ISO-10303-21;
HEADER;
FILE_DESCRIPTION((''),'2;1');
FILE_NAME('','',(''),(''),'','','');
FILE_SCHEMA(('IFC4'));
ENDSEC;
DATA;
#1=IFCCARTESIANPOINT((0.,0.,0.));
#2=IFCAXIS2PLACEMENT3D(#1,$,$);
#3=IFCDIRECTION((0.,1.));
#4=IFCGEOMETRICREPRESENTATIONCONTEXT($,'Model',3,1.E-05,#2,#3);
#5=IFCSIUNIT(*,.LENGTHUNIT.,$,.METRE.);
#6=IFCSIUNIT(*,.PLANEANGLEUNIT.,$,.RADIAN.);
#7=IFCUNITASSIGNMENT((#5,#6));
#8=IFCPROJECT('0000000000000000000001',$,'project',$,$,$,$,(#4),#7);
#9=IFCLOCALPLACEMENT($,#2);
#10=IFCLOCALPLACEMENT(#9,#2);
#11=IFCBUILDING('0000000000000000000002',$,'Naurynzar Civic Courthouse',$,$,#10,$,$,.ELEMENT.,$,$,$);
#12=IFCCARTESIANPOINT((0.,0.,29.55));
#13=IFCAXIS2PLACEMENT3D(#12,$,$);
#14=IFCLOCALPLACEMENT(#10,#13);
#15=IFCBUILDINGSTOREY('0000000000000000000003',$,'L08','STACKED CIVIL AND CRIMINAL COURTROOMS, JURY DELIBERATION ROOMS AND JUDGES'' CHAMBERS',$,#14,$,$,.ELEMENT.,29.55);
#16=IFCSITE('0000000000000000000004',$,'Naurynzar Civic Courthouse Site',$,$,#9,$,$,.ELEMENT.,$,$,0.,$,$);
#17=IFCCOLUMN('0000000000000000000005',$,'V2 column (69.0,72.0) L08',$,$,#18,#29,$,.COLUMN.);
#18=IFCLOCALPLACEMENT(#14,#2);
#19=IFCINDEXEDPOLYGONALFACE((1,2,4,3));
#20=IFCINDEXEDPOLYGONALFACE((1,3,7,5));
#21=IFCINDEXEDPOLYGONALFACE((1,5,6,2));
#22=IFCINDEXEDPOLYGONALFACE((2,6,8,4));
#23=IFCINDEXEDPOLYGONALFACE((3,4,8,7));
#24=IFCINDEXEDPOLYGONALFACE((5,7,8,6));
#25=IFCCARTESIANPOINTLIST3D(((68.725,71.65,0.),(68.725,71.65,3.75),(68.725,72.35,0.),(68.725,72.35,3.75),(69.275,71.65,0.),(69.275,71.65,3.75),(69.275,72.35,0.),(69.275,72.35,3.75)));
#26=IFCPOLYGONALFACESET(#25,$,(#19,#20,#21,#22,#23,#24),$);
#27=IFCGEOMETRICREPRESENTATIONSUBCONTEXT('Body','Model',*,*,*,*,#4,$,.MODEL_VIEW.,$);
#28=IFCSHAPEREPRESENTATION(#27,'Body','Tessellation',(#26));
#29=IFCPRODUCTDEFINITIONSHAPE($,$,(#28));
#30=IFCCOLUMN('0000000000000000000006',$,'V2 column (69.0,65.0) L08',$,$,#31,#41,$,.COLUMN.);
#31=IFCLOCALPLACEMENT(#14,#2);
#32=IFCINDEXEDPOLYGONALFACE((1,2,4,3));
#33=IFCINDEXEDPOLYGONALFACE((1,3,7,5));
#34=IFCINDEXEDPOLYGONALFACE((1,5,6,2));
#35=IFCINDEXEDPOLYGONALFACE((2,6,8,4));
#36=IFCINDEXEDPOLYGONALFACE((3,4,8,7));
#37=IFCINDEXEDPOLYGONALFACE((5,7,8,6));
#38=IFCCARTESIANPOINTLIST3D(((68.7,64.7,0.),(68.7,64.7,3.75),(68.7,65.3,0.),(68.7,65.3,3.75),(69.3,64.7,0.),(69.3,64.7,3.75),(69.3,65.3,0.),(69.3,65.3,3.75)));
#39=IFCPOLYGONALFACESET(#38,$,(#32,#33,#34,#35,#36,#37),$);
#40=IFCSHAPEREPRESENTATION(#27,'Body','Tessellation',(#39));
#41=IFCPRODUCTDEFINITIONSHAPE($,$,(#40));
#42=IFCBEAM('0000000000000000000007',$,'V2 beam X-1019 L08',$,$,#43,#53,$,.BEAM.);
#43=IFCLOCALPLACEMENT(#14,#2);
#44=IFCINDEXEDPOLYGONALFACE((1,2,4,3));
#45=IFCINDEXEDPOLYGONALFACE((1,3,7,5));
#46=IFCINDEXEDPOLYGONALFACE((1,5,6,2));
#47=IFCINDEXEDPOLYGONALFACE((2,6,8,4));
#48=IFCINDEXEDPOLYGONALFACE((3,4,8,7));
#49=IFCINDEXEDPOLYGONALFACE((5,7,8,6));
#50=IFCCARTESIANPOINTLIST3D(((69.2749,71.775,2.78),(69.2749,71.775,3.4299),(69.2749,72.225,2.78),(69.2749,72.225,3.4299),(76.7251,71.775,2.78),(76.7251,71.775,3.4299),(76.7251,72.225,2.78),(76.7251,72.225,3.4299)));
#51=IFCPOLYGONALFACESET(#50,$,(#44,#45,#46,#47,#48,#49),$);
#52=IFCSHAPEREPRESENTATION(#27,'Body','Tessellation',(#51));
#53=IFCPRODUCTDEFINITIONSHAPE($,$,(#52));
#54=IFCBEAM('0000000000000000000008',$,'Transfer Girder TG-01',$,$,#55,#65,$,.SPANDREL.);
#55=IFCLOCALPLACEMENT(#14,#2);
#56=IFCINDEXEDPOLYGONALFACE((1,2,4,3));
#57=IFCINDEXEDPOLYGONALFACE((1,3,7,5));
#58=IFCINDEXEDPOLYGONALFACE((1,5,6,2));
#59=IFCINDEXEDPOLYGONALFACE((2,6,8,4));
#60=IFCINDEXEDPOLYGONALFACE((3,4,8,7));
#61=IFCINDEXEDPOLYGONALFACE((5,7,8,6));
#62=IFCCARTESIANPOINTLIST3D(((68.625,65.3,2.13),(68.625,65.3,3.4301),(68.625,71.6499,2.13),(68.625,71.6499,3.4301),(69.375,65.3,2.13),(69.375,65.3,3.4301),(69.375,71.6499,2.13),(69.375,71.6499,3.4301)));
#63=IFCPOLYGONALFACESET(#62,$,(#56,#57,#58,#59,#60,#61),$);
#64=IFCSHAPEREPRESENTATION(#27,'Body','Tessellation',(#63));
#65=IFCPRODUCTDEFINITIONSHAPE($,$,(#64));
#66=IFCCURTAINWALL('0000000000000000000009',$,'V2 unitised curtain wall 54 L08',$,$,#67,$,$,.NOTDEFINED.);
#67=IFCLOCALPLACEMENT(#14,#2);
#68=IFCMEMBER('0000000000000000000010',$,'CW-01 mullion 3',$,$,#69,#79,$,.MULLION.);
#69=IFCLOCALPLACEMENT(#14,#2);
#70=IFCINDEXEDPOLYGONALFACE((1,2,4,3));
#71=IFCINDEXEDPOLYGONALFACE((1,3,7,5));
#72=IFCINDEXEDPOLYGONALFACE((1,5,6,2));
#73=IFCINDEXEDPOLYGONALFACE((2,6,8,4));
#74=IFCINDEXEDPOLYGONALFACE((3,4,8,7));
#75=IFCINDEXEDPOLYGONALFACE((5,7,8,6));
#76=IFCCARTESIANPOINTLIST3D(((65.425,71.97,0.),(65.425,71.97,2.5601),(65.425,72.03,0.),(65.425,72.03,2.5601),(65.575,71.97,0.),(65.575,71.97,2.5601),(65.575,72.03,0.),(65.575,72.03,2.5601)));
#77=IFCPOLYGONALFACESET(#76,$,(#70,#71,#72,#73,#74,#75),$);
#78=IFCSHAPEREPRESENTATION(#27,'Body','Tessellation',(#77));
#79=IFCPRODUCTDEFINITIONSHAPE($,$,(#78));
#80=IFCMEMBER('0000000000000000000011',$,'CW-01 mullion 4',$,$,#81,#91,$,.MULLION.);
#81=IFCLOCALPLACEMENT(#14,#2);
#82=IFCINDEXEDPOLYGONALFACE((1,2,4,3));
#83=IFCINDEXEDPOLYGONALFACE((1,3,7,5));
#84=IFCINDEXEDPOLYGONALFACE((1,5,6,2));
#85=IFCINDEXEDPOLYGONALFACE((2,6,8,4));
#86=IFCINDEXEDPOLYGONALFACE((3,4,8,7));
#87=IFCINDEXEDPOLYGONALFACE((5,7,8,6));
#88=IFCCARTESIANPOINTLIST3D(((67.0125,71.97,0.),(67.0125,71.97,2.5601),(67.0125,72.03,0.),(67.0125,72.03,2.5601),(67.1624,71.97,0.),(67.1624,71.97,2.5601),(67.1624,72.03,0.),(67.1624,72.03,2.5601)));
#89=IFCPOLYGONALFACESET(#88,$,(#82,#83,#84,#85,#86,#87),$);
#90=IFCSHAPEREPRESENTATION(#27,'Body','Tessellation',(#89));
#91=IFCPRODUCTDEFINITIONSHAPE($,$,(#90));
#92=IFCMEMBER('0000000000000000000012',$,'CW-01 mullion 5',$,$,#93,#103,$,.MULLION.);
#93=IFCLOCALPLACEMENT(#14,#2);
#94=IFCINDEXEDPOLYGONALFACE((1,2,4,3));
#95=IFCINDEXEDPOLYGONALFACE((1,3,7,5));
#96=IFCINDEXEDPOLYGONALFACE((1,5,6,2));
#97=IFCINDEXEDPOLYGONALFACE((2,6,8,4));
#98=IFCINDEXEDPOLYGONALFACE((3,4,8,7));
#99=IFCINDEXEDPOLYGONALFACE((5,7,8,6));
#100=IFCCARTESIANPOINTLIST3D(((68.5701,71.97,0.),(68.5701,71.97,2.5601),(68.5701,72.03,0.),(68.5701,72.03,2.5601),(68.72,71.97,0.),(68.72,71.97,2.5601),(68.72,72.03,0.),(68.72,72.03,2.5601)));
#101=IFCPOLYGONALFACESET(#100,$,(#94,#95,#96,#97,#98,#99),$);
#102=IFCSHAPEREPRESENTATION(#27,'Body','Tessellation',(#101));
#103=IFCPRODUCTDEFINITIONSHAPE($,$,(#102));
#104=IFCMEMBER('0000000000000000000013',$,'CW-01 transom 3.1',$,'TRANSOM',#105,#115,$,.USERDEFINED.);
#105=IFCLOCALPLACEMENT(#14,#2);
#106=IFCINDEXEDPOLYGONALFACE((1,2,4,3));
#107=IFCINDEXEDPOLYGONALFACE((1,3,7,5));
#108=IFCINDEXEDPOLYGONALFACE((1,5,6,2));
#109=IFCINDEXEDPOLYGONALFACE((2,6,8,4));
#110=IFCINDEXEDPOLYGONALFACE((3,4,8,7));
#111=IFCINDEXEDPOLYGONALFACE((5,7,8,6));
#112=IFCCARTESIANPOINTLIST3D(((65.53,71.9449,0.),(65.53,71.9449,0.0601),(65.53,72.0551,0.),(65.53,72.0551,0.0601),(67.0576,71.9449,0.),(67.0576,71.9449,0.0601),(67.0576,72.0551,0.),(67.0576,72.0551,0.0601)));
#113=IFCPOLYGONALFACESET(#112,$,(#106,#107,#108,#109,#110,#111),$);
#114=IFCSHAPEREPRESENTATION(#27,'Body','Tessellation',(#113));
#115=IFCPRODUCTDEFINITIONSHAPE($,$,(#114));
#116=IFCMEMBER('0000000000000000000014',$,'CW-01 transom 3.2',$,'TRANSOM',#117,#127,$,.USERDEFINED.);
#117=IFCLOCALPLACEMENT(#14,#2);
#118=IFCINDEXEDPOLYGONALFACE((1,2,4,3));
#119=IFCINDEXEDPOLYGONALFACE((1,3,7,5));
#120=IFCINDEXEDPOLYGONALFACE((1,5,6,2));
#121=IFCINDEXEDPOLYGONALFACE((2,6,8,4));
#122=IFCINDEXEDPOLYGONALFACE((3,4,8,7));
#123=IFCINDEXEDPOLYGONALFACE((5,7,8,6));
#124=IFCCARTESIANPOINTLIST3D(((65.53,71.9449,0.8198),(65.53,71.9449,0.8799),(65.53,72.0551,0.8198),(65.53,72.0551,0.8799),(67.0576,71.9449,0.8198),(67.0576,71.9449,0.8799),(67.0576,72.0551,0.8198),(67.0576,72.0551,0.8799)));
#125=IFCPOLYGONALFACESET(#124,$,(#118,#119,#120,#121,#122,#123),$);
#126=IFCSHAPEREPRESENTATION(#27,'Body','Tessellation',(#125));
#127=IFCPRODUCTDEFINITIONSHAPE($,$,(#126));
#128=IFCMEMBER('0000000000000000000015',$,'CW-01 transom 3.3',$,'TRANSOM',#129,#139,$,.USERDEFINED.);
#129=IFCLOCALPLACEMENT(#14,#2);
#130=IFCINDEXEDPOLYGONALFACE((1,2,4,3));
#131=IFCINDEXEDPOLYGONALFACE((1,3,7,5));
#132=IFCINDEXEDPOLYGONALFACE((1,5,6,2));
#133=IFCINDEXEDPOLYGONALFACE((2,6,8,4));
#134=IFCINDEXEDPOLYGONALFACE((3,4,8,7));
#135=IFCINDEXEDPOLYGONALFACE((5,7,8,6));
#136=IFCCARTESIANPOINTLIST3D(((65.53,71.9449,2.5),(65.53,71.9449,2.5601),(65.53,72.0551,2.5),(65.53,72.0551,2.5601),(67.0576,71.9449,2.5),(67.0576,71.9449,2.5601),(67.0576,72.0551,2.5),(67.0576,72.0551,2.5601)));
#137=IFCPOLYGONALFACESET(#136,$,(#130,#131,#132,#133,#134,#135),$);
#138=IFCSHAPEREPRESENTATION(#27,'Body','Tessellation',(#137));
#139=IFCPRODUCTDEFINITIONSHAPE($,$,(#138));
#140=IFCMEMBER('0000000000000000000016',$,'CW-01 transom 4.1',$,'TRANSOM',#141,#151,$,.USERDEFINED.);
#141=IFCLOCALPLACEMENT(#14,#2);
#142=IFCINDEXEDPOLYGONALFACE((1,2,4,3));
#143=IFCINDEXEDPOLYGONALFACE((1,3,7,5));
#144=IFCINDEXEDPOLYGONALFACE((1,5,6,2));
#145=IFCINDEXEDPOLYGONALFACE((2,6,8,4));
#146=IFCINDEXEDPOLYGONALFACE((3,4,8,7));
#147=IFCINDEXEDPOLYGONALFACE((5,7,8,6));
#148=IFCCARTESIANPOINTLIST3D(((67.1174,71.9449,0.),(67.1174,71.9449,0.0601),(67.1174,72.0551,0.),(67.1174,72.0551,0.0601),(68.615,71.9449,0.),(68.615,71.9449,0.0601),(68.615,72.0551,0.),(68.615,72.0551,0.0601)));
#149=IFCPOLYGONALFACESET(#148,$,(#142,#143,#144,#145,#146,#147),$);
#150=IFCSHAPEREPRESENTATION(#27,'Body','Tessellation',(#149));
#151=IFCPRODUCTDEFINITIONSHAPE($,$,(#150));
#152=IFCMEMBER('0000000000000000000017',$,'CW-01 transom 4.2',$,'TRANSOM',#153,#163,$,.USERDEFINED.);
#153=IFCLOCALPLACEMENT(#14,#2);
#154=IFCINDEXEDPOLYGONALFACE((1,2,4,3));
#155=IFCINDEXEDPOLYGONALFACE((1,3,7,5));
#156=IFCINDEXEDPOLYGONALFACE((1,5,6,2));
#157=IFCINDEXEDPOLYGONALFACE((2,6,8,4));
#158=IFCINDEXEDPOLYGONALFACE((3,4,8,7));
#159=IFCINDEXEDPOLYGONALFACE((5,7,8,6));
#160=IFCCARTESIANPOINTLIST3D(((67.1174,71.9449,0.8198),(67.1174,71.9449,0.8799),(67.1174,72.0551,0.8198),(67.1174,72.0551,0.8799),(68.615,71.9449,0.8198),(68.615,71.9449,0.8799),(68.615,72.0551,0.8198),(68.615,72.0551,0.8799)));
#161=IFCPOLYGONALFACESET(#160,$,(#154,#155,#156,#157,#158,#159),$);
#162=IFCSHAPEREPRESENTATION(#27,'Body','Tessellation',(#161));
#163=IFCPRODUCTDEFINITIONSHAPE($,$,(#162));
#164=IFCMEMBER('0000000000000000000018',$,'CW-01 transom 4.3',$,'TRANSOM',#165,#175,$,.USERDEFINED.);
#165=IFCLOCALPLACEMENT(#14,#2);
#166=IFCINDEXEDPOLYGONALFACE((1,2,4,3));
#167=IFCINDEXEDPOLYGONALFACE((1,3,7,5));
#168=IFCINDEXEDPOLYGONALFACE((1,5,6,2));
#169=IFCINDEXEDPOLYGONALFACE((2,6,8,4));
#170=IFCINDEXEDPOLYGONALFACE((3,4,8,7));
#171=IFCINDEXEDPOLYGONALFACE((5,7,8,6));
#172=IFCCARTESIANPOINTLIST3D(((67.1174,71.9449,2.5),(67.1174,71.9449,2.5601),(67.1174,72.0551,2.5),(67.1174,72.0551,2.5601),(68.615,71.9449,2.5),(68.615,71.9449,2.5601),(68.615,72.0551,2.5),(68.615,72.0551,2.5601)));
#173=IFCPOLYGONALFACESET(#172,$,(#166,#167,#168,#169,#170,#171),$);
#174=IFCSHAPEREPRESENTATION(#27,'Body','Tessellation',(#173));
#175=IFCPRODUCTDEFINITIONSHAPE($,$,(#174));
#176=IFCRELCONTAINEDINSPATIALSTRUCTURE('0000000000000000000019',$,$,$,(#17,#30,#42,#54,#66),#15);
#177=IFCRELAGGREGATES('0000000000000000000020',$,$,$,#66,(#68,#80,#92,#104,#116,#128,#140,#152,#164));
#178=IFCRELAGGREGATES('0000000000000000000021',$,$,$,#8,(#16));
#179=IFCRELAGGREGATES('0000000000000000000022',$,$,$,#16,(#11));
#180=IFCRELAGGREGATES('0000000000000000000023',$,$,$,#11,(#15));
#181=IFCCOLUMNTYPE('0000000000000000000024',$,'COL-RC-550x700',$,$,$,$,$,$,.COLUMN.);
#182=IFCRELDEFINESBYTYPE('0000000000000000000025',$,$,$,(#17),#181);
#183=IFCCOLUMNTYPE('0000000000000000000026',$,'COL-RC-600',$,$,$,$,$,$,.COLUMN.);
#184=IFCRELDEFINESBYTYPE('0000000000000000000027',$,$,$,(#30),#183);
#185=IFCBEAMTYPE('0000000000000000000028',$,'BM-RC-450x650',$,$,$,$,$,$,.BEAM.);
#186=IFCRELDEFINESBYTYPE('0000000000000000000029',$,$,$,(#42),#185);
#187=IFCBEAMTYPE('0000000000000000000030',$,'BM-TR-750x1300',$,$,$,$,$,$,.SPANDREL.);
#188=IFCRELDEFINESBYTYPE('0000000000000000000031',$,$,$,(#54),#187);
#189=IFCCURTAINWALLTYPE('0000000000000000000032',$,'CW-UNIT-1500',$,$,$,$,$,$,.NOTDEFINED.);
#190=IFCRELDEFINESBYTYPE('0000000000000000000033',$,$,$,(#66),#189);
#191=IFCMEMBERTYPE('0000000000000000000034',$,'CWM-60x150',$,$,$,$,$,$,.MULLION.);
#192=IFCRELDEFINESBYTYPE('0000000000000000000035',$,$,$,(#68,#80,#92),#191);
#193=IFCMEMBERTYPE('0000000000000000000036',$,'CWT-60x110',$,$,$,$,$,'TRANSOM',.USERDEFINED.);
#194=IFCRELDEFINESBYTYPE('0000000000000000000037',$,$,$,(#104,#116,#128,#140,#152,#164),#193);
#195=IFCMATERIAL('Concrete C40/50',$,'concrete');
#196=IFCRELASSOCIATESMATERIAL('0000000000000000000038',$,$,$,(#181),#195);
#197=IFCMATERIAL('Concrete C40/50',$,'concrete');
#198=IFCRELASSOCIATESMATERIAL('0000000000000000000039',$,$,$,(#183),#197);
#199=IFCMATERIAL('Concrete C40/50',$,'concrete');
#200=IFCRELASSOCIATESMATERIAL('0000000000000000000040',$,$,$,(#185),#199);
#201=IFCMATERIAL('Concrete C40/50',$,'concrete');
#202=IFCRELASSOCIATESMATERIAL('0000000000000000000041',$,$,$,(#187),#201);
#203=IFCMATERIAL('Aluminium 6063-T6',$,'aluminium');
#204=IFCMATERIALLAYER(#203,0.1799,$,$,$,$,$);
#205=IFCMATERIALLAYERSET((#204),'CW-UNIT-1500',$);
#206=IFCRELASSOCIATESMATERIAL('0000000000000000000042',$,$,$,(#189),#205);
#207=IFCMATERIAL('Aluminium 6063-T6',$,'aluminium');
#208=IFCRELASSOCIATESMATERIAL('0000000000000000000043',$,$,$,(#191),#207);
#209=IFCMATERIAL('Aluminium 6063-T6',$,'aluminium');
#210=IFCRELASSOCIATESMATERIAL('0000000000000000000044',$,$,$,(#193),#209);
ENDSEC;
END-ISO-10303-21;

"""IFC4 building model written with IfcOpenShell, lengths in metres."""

from ifc_helpers import new_model, si_unit, direction, frame, origin, origin_2d, place, context, subcontext, project, spatial, rectangle, extrude, material, layer, layer_set, material_profile, profile_set, type_object, element, aggregate, save


model = new_model("IFC4")

# Units and contexts
model_context = context("Model", 3, precision=1e-05, world=origin(), true_north=direction((0.0, 1.0)))
body_context = subcontext(model_context, "Body", "Model", "MODEL_VIEW")
ifc_project = project(units=[si_unit("LENGTHUNIT", "METRE"), si_unit("PLANEANGLEUNIT", "RADIAN")], contexts=[model_context])

# Site, building, storey
site_placement = place(None, origin())
site = spatial("IfcSite", under=ifc_project, at=site_placement, Name="Naurynzar Civic Courthouse Site", CompositionType="ELEMENT", RefElevation=0.0)
building_placement = place(site_placement, origin())
building = spatial("IfcBuilding", under=site, at=building_placement, Name="Naurynzar Civic Courthouse", CompositionType="ELEMENT")
storey_placement = place(building_placement, frame((0.0, 0.0, 29.55)))
storey = spatial("IfcBuildingStorey", under=building, at=storey_placement, Name="L08", Description="STACKED CIVIL AND CRIMINAL COURTROOMS, JURY DELIBERATION ROOMS AND JUDGES' CHAMBERS", CompositionType="ELEMENT", Elevation=29.55)

# Columns
ifc_material_1 = material(Name="Concrete C40/50", Category="concrete")
ifc_material_profile_1 = material_profile(ifc_material_1, rectangle(XDim=0.55, YDim=0.7, at=origin_2d()), Name="RC 550x700")
ifc_profile_set_1 = profile_set([ifc_material_profile_1], Name="Concrete C40/50")
column_type_1 = type_object("IfcColumnType", Name="COL-RC-550x700", PredefinedType="COLUMN", material=ifc_profile_set_1)
column_1_placement = place(storey_placement, frame((69.0, 72.0, 0.0), z_axis=(0.0, 0.0, 1.0), x_axis=(1.0, 0.0, 0.0)))
element("IfcColumn", 1, at=column_1_placement, inside=storey, type_object=column_type_1, Name="V2 column (69.0,72.0) L08", PredefinedType="COLUMN", context=body_context, shape_type="SweptSolid", body=[
    extrude(rectangle(XDim=0.55, YDim=0.7, at=origin_2d()), origin(), (0.0, 0.0, 1.0), 3.75),
])
ifc_material_2 = material(Name="Concrete C40/50", Category="concrete")
ifc_material_profile_2 = material_profile(ifc_material_2, rectangle(XDim=0.6001, YDim=0.6001, at=origin_2d()), Name="RC 600x600")
ifc_profile_set_2 = profile_set([ifc_material_profile_2], Name="Concrete C40/50")
column_type_2 = type_object("IfcColumnType", Name="COL-RC-600", PredefinedType="COLUMN", material=ifc_profile_set_2)
column_2_placement = place(storey_placement, frame((69.0, 65.0, 0.0), z_axis=(0.0, 0.0, 1.0), x_axis=(1.0, 0.0, 0.0)))
element("IfcColumn", 2, at=column_2_placement, inside=storey, type_object=column_type_2, Name="V2 column (69.0,65.0) L08", PredefinedType="COLUMN", context=body_context, shape_type="SweptSolid", body=[
    extrude(rectangle(XDim=0.6001, YDim=0.6001, at=origin_2d()), origin(), (0.0, 0.0, 1.0), 3.75),
])

# Beams
ifc_material_3 = material(Name="Concrete C40/50", Category="concrete")
ifc_material_profile_3 = material_profile(ifc_material_3, rectangle(XDim=0.45, YDim=0.6499, at=origin_2d()), Name="RCB 450x650")
ifc_profile_set_3 = profile_set([ifc_material_profile_3], Name="Concrete C40/50")
beam_type_1 = type_object("IfcBeamType", Name="BM-RC-450x650", PredefinedType="BEAM", material=ifc_profile_set_3)
beam_1_placement = place(storey_placement, frame((69.2749, 72.0, 3.105), z_axis=(1.0, 0.0, 0.0), x_axis=(0.0, 1.0, 0.0)))
element("IfcBeam", 3, at=beam_1_placement, inside=storey, type_object=beam_type_1, Name="V2 beam X-1019 L08", PredefinedType="BEAM", context=body_context, shape_type="SweptSolid", body=[
    extrude(rectangle(XDim=0.45, YDim=0.6499, at=origin_2d()), origin(), (0.0, 0.0, 1.0), 7.4502),
])
ifc_material_4 = material(Name="Concrete C40/50", Category="concrete")
ifc_material_profile_4 = material_profile(ifc_material_4, rectangle(XDim=0.75, YDim=1.3, at=origin_2d()), Name="RCT 750x1300")
ifc_profile_set_4 = profile_set([ifc_material_profile_4], Name="Concrete C40/50")
beam_type_2 = type_object("IfcBeamType", Name="BM-TR-750x1300", PredefinedType="SPANDREL", material=ifc_profile_set_4)
beam_2_placement = place(storey_placement, frame((69.0, 65.3, 2.78), z_axis=(0.0, 1.0, 0.0), x_axis=(-1.0, 0.0, 0.0)))
element("IfcBeam", 4, at=beam_2_placement, inside=storey, type_object=beam_type_2, Name="Transfer Girder TG-01", PredefinedType="SPANDREL", context=body_context, shape_type="SweptSolid", body=[
    extrude(rectangle(XDim=0.75, YDim=1.3, at=origin_2d()), origin(), (0.0, 0.0, 1.0), 6.3499),
])

# Curtain wall, members
ifc_material_5 = material(Name="Aluminium 6063-T6", Category="aluminium")
ifc_layer_1 = layer(ifc_material_5, 0.1799)
ifc_layer_set_1 = layer_set([ifc_layer_1], Name="CW-UNIT-1500")
curtain_wall_type = type_object("IfcCurtainWallType", Name="CW-UNIT-1500", PredefinedType="NOTDEFINED", material=ifc_layer_set_1)
curtain_wall_placement = place(storey_placement, origin())
curtain_wall = element("IfcCurtainWall", 5, at=curtain_wall_placement, inside=storey, type_object=curtain_wall_type, Name="V2 unitised curtain wall 54 L08", PredefinedType="NOTDEFINED")
ifc_material_6 = material(Name="Aluminium 6063-T6", Category="aluminium")
ifc_material_profile_5 = material_profile(ifc_material_6, rectangle(XDim=0.0601, YDim=0.1499, at=origin_2d()), Name="ALU MULLION 60x150")
ifc_profile_set_5 = profile_set([ifc_material_profile_5], Name="Aluminium 6063-T6")
member_type_1 = type_object("IfcMemberType", Name="CWM-60x150", PredefinedType="MULLION", material=ifc_profile_set_5)
member_1_placement = place(storey_placement, frame((65.5, 72.0, 0.0), z_axis=(0.0, 0.0, 1.0), x_axis=(0.0, 1.0, 0.0)))
member_1 = element("IfcMember", 6, at=member_1_placement, type_object=member_type_1, Name="CW-01 mullion 3", PredefinedType="MULLION", context=body_context, shape_type="SweptSolid", body=[
    extrude(rectangle(XDim=0.0601, YDim=0.1499, at=origin_2d()), origin(), (0.0, 0.0, 1.0), 2.5601),
])
member_2_placement = place(storey_placement, frame((67.0874, 72.0, 0.0), z_axis=(0.0, 0.0, 1.0), x_axis=(0.0, 1.0, 0.0)))
member_2 = element("IfcMember", 7, at=member_2_placement, type_object=member_type_1, Name="CW-01 mullion 4", PredefinedType="MULLION", context=body_context, shape_type="SweptSolid", body=[
    extrude(rectangle(XDim=0.0601, YDim=0.1499, at=origin_2d()), origin(), (0.0, 0.0, 1.0), 2.5601),
])
member_3_placement = place(storey_placement, frame((68.645, 72.0, 0.0), z_axis=(0.0, 0.0, 1.0), x_axis=(0.0, 1.0, 0.0)))
member_3 = element("IfcMember", 8, at=member_3_placement, type_object=member_type_1, Name="CW-01 mullion 5", PredefinedType="MULLION", context=body_context, shape_type="SweptSolid", body=[
    extrude(rectangle(XDim=0.0601, YDim=0.1499, at=origin_2d()), origin(), (0.0, 0.0, 1.0), 2.5601),
])
ifc_material_7 = material(Name="Aluminium 6063-T6", Category="aluminium")
ifc_material_profile_6 = material_profile(ifc_material_7, rectangle(XDim=0.1101, YDim=0.0601, at=origin_2d()), Name="ALU TRANSOM 60x110")
ifc_profile_set_6 = profile_set([ifc_material_profile_6], Name="Aluminium 6063-T6")
member_type_2 = type_object("IfcMemberType", Name="CWT-60x110", ElementType="TRANSOM", PredefinedType="USERDEFINED", material=ifc_profile_set_6)
member_4_placement = place(storey_placement, frame((65.53, 72.0, 0.03), z_axis=(1.0, 0.0, 0.0), x_axis=(0.0, 1.0, 0.0)))
member_4 = element("IfcMember", 9, at=member_4_placement, type_object=member_type_2, Name="CW-01 transom 3.1", ObjectType="TRANSOM", PredefinedType="USERDEFINED", context=body_context, shape_type="SweptSolid", body=[
    extrude(rectangle(XDim=0.1101, YDim=0.0601, at=origin_2d()), origin(), (0.0, 0.0, 1.0), 1.5276),
])
member_5_placement = place(storey_placement, frame((65.53, 72.0, 0.8499), z_axis=(1.0, 0.0, 0.0), x_axis=(0.0, 1.0, 0.0)))
member_5 = element("IfcMember", 10, at=member_5_placement, type_object=member_type_2, Name="CW-01 transom 3.2", ObjectType="TRANSOM", PredefinedType="USERDEFINED", context=body_context, shape_type="SweptSolid", body=[
    extrude(rectangle(XDim=0.1101, YDim=0.0601, at=origin_2d()), origin(), (0.0, 0.0, 1.0), 1.5276),
])
member_6_placement = place(storey_placement, frame((65.53, 72.0, 2.53), z_axis=(1.0, 0.0, 0.0), x_axis=(0.0, 1.0, 0.0)))
member_6 = element("IfcMember", 11, at=member_6_placement, type_object=member_type_2, Name="CW-01 transom 3.3", ObjectType="TRANSOM", PredefinedType="USERDEFINED", context=body_context, shape_type="SweptSolid", body=[
    extrude(rectangle(XDim=0.1101, YDim=0.0601, at=origin_2d()), origin(), (0.0, 0.0, 1.0), 1.5276),
])
member_7_placement = place(storey_placement, frame((67.1174, 72.0, 0.03), z_axis=(1.0, 0.0, 0.0), x_axis=(0.0, 1.0, 0.0)))
member_7 = element("IfcMember", 12, at=member_7_placement, type_object=member_type_2, Name="CW-01 transom 4.1", ObjectType="TRANSOM", PredefinedType="USERDEFINED", context=body_context, shape_type="SweptSolid", body=[
    extrude(rectangle(XDim=0.1101, YDim=0.0601, at=origin_2d()), origin(), (0.0, 0.0, 1.0), 1.4976),
])
member_8_placement = place(storey_placement, frame((67.1174, 72.0, 0.8499), z_axis=(1.0, 0.0, 0.0), x_axis=(0.0, 1.0, 0.0)))
member_8 = element("IfcMember", 13, at=member_8_placement, type_object=member_type_2, Name="CW-01 transom 4.2", ObjectType="TRANSOM", PredefinedType="USERDEFINED", context=body_context, shape_type="SweptSolid", body=[
    extrude(rectangle(XDim=0.1101, YDim=0.0601, at=origin_2d()), origin(), (0.0, 0.0, 1.0), 1.4976),
])
member_9_placement = place(storey_placement, frame((67.1174, 72.0, 2.53), z_axis=(1.0, 0.0, 0.0), x_axis=(0.0, 1.0, 0.0)))
member_9 = element("IfcMember", 14, at=member_9_placement, type_object=member_type_2, Name="CW-01 transom 4.3", ObjectType="TRANSOM", PredefinedType="USERDEFINED", context=body_context, shape_type="SweptSolid", body=[
    extrude(rectangle(XDim=0.1101, YDim=0.0601, at=origin_2d()), origin(), (0.0, 0.0, 1.0), 1.4976),
])
aggregate(curtain_wall, [member_1, member_2, member_3, member_4, member_5, member_6, member_7, member_8, member_9])

save(model, "model.ifc")
